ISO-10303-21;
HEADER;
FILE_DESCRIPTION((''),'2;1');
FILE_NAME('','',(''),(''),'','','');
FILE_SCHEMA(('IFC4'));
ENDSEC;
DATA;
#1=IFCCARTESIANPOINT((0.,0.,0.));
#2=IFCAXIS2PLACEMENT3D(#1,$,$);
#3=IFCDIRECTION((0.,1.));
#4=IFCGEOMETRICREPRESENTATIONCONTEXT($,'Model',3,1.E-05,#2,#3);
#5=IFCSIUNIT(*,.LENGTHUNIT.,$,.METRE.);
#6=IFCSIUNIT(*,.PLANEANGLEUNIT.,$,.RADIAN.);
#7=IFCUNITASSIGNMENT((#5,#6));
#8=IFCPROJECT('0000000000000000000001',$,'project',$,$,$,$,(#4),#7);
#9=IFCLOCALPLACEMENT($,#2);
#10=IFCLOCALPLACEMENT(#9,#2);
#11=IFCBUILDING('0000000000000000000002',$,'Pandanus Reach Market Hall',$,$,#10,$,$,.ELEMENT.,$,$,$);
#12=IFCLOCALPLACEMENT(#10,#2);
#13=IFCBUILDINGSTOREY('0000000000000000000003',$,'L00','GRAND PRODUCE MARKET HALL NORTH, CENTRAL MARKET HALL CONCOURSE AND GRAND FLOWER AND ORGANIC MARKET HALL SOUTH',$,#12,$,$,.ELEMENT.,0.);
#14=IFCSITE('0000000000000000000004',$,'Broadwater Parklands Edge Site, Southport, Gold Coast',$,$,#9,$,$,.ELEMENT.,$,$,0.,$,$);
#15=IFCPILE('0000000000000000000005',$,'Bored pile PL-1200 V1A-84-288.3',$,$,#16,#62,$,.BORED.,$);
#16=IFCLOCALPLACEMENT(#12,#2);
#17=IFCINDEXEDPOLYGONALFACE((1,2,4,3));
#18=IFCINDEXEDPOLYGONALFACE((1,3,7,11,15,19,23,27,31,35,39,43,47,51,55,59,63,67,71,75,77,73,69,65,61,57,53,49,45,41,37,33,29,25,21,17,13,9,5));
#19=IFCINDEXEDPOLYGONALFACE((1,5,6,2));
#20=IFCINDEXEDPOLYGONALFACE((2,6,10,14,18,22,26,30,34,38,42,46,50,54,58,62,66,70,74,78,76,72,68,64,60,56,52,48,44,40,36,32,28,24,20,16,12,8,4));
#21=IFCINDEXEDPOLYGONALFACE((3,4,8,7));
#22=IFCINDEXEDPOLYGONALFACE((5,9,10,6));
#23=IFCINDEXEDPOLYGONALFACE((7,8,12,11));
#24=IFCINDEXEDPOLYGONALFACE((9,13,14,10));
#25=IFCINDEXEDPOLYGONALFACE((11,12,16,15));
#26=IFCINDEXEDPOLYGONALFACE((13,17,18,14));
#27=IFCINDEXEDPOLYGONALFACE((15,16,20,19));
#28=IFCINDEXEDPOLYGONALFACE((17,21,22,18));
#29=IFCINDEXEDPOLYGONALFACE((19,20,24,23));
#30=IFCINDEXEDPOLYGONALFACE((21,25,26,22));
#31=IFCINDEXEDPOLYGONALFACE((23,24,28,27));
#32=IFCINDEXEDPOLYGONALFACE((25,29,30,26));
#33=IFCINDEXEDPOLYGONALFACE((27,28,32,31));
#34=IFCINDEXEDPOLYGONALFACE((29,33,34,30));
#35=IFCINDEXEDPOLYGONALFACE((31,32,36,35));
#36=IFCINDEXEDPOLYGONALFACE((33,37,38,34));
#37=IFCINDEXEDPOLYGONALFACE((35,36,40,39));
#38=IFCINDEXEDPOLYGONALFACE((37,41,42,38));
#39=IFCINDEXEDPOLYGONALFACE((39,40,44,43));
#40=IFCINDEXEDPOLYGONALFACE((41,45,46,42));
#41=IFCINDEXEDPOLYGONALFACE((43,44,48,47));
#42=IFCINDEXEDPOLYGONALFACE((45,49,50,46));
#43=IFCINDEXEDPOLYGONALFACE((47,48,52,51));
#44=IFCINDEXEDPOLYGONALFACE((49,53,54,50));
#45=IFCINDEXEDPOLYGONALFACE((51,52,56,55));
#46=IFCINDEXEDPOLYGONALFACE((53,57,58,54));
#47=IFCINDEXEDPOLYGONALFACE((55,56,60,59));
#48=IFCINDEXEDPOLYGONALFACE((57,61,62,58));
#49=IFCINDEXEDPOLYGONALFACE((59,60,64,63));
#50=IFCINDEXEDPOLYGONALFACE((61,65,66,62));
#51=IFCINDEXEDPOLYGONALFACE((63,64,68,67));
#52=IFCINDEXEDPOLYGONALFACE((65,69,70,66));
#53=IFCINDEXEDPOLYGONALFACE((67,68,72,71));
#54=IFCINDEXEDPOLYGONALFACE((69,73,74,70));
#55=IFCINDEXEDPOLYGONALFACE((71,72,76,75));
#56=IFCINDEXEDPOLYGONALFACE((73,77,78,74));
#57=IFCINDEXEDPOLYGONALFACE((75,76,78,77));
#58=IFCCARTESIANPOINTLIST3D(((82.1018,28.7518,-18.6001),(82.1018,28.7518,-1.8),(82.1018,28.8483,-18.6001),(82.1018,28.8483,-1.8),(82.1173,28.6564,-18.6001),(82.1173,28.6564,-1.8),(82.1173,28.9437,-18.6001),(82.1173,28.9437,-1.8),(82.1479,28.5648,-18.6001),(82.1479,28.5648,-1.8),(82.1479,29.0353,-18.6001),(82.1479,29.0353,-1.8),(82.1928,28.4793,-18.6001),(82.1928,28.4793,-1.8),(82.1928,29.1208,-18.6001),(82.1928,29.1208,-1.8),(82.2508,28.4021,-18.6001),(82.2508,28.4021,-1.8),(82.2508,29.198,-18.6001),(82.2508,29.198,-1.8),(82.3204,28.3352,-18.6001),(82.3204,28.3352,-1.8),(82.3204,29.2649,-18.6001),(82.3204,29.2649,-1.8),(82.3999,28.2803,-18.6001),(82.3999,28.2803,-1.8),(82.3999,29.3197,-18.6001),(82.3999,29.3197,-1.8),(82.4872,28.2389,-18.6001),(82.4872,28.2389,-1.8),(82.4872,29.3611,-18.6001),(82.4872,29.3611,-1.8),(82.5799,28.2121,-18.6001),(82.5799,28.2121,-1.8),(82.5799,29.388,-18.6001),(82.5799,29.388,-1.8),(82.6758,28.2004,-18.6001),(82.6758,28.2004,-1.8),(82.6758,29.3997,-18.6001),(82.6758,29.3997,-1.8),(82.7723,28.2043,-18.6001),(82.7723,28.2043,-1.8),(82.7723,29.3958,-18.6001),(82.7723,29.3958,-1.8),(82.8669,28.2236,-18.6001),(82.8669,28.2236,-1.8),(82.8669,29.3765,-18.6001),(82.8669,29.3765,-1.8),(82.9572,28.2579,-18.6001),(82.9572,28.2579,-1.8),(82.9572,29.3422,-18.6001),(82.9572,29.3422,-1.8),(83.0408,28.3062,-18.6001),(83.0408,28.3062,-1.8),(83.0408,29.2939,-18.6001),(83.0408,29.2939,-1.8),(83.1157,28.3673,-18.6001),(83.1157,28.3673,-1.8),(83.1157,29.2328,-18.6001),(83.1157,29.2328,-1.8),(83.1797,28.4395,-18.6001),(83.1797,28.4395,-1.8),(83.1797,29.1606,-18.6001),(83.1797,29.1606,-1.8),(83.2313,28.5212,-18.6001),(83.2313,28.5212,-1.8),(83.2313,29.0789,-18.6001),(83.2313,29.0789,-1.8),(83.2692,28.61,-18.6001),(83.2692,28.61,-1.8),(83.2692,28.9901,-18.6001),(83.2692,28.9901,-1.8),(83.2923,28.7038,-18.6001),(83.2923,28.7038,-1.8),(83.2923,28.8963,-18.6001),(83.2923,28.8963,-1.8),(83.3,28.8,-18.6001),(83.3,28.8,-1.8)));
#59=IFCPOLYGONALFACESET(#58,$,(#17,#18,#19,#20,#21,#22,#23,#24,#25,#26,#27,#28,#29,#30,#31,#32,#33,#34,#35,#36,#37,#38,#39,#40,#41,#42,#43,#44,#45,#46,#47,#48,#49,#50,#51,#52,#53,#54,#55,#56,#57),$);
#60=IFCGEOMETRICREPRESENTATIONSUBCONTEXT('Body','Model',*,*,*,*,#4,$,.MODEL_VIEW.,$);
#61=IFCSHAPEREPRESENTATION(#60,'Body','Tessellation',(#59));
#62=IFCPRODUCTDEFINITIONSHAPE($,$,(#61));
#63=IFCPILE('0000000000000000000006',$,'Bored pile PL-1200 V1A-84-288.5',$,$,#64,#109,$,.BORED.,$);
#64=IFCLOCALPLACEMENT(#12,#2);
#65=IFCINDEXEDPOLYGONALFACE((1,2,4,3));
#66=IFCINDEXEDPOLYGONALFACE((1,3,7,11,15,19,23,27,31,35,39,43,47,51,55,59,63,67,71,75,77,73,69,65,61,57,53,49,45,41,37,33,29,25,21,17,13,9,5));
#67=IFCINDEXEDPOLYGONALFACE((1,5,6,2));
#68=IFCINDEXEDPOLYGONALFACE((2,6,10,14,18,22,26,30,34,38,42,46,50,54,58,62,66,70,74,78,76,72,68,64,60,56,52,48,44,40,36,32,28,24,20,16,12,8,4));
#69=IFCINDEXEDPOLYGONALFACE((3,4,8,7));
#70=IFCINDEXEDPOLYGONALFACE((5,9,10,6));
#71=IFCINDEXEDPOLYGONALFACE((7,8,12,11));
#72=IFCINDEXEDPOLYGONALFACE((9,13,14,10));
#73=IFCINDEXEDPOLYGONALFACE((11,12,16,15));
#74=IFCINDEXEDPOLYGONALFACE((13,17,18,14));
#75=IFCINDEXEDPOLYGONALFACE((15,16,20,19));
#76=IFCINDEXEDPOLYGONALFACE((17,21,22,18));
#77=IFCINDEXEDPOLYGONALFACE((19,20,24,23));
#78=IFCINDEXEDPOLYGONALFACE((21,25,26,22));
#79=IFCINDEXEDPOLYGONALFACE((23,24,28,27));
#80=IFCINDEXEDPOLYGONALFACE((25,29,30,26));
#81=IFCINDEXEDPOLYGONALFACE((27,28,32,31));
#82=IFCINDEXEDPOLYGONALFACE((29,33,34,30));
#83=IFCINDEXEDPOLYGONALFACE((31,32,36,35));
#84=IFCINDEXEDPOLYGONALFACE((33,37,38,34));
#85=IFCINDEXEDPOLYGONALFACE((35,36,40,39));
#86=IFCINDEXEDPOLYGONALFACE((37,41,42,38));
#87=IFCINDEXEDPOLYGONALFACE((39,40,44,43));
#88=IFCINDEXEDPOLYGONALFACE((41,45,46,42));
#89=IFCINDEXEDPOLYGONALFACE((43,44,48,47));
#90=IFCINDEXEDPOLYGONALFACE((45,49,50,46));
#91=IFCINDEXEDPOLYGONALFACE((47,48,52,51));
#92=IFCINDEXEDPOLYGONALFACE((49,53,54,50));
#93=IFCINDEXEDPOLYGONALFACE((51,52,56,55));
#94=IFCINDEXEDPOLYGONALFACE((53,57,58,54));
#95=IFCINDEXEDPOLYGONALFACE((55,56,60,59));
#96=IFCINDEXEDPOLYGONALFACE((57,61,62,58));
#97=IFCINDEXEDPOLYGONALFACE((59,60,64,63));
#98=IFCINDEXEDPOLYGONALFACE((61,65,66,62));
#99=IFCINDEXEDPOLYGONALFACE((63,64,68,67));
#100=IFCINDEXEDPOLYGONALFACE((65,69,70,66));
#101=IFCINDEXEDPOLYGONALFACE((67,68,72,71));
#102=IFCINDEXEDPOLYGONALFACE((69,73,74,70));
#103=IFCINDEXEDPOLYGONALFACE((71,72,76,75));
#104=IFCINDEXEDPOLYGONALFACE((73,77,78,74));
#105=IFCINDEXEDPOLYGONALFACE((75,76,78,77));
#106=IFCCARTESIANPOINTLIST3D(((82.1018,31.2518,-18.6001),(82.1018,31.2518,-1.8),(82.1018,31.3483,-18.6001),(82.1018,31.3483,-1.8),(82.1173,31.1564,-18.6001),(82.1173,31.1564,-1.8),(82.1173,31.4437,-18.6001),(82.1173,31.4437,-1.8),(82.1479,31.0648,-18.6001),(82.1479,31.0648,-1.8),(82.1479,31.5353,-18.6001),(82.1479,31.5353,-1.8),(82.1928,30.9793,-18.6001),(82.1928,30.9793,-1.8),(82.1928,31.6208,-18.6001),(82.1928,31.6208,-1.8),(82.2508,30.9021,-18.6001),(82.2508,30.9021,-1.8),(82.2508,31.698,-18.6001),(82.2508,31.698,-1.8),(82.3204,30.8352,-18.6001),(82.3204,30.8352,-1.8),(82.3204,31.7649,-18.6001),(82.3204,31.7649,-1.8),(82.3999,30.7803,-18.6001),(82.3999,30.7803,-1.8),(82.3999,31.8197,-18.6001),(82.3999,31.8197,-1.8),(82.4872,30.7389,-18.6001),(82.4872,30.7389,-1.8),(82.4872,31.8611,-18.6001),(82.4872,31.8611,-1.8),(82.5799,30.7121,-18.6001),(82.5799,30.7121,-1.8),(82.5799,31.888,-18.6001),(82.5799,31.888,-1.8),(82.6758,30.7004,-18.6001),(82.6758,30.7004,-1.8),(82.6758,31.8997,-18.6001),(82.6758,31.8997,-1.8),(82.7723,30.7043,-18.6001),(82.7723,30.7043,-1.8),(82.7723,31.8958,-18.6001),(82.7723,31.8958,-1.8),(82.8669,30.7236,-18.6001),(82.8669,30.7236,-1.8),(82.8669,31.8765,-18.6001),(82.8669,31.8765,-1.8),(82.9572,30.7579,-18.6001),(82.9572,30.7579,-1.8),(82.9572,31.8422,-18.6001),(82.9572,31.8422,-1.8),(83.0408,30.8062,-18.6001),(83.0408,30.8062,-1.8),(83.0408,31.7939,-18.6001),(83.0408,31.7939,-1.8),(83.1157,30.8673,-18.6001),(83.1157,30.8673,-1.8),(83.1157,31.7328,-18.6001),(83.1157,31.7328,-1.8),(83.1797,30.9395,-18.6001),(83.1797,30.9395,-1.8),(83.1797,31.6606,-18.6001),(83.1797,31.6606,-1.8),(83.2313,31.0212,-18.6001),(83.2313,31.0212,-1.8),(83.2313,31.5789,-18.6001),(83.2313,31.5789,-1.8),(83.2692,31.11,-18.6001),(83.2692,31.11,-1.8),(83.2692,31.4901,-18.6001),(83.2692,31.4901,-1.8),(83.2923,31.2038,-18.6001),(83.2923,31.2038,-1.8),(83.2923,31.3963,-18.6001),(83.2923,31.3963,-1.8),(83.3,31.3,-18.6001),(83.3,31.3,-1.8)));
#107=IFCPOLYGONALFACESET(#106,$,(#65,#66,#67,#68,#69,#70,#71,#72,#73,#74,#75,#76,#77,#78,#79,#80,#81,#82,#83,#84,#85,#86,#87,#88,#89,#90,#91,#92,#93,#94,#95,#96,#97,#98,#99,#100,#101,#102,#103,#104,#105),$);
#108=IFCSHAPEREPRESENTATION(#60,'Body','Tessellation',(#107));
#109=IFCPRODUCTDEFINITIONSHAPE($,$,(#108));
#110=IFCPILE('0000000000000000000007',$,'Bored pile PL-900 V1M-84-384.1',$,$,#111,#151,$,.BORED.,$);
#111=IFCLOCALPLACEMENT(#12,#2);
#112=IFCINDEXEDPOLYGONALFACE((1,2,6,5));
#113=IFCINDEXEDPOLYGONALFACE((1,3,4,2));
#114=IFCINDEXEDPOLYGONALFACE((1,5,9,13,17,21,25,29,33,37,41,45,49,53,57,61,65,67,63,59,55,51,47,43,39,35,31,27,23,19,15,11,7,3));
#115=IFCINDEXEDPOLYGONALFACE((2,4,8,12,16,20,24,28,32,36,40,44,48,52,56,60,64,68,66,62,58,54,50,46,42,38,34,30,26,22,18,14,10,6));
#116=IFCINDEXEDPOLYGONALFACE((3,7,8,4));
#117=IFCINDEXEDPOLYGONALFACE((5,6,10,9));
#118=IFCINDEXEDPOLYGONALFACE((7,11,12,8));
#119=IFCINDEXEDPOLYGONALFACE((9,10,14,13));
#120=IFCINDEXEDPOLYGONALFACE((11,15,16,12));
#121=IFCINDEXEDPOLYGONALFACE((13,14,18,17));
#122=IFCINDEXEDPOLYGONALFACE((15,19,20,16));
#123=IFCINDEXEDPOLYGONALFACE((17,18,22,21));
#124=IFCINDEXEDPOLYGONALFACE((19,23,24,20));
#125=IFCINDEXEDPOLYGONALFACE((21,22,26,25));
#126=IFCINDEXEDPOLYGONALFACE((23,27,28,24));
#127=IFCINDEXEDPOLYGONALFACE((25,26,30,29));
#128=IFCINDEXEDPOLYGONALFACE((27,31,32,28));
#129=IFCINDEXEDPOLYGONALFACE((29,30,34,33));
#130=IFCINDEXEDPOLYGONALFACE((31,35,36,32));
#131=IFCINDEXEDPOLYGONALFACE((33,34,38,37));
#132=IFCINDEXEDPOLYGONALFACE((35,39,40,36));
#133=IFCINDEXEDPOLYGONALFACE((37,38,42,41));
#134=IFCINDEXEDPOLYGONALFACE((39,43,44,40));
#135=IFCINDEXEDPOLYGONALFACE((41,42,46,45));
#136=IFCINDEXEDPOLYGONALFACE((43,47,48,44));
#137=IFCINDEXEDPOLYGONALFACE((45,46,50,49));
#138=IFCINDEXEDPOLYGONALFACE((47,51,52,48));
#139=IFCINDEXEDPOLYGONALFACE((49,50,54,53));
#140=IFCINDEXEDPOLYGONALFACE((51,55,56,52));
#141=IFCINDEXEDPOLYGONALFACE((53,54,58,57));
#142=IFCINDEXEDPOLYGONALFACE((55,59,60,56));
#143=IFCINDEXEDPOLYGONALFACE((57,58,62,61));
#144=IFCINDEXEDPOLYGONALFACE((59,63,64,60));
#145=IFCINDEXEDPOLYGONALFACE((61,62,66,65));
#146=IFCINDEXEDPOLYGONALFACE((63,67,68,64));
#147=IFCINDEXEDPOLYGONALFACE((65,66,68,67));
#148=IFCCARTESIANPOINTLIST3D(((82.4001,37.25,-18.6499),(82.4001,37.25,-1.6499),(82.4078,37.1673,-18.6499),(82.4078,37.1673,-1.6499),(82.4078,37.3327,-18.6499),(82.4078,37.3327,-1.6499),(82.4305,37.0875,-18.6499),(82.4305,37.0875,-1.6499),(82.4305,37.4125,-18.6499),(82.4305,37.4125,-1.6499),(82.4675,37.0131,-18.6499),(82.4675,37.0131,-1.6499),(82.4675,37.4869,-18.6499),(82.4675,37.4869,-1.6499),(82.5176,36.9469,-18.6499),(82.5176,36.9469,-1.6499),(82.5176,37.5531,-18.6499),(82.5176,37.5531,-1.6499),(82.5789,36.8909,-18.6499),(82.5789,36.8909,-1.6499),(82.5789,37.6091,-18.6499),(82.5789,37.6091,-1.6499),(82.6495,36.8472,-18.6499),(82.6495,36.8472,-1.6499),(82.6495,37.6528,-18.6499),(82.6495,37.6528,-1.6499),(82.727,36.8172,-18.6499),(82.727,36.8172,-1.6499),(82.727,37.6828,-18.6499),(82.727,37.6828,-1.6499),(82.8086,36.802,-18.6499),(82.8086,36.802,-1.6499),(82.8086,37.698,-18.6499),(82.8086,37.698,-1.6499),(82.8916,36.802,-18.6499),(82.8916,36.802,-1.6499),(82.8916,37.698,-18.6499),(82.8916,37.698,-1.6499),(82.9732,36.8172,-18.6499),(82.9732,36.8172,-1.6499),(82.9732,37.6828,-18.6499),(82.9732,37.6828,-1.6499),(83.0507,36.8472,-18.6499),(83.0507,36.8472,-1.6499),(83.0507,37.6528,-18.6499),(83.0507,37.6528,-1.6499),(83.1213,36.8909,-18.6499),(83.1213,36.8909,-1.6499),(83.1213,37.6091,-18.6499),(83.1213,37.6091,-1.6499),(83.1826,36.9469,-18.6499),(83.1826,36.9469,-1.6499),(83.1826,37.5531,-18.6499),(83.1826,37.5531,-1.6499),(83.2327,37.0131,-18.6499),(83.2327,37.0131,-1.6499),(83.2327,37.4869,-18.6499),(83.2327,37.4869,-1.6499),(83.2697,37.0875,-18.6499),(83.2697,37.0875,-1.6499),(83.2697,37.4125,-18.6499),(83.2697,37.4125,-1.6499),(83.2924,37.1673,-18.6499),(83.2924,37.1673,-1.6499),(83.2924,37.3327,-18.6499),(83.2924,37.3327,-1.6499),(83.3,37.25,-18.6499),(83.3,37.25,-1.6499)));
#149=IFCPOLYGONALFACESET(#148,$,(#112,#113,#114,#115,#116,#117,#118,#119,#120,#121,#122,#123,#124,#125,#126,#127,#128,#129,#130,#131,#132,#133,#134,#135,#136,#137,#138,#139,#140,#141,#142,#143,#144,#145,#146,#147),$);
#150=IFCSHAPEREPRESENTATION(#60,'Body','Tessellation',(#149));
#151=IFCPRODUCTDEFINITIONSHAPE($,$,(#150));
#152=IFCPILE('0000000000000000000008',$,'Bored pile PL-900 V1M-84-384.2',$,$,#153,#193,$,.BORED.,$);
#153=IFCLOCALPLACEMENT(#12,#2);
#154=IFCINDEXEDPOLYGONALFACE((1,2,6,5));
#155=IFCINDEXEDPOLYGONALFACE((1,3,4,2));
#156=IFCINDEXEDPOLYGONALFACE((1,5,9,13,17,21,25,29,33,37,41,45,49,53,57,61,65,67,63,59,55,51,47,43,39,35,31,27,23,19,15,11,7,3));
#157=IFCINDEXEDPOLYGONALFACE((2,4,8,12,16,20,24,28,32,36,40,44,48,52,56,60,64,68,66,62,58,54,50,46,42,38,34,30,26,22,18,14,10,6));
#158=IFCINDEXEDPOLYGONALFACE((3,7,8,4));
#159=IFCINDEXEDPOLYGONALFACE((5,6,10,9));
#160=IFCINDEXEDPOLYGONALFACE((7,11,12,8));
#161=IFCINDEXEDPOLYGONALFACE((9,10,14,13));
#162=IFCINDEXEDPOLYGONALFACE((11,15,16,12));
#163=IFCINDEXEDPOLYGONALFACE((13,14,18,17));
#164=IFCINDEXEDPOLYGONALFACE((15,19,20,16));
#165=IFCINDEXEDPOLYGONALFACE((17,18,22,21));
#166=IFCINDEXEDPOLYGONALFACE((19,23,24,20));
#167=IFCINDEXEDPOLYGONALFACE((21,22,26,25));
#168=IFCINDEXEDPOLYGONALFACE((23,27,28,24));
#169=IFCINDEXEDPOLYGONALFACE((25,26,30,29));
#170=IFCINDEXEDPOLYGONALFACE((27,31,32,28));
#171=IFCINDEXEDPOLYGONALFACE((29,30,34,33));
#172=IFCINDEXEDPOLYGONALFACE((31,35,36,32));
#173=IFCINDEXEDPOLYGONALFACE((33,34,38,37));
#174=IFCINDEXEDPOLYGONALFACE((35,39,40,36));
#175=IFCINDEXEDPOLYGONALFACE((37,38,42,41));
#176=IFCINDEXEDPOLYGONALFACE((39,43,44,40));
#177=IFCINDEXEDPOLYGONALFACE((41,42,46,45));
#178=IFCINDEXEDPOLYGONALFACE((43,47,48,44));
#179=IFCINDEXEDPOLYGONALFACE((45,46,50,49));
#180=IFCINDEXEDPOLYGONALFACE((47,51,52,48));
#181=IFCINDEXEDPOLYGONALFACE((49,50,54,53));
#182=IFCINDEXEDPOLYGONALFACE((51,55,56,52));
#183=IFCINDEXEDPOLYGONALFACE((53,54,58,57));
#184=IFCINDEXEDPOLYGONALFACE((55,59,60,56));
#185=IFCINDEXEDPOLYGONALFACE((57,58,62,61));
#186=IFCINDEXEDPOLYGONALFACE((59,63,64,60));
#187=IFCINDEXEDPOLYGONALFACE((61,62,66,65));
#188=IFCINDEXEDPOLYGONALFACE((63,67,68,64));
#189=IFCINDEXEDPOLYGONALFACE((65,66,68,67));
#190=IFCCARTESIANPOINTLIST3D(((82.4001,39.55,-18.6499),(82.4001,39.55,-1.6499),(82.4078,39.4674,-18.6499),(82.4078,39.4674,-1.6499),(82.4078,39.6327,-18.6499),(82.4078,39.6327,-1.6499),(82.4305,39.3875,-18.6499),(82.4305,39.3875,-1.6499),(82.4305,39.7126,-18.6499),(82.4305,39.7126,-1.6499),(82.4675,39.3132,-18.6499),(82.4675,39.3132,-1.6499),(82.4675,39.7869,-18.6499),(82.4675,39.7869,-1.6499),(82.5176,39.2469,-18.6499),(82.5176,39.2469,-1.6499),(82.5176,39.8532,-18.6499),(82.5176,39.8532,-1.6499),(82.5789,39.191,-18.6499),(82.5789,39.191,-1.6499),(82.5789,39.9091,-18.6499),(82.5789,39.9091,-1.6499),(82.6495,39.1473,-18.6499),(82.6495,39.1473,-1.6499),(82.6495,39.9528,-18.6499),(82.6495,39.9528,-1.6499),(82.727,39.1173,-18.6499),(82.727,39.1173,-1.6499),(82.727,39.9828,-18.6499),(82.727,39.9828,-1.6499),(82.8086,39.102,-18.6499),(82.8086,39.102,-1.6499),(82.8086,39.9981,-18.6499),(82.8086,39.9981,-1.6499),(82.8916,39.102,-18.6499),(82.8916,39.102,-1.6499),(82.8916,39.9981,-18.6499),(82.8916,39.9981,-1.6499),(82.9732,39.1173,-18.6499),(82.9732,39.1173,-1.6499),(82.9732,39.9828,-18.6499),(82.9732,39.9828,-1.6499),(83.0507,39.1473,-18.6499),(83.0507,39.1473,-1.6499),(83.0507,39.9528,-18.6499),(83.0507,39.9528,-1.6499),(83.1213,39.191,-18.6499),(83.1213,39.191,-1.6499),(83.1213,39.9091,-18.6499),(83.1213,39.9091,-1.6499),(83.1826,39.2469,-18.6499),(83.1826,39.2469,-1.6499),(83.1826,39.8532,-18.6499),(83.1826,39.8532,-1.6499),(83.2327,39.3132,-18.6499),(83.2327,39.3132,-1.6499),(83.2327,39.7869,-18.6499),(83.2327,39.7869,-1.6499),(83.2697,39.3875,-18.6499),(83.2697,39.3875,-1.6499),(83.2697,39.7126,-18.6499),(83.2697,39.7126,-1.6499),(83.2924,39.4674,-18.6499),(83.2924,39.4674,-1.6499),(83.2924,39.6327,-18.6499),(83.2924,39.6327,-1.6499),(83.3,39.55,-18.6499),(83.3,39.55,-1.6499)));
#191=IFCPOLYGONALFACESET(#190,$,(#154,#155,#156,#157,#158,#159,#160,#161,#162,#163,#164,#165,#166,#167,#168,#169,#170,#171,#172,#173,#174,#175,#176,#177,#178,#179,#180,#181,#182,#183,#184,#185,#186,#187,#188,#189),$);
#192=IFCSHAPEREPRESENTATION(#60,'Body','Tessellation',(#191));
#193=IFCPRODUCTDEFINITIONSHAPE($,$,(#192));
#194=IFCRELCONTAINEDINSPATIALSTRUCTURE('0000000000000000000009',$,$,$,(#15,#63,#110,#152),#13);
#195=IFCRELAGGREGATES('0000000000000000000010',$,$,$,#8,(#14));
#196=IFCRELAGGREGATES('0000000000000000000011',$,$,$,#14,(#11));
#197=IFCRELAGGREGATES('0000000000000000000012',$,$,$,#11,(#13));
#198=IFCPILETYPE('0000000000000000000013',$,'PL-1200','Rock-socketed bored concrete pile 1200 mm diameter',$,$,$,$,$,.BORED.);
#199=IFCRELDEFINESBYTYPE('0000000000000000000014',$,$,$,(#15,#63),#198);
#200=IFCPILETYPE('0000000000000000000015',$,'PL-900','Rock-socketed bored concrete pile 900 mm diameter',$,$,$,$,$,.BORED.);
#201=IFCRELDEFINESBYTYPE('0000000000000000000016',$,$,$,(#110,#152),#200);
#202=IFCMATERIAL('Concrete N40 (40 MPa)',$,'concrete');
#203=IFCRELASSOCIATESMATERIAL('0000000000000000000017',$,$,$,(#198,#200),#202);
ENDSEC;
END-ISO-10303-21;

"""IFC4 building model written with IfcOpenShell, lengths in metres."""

from ifc_helpers import new_model, si_unit, direction, frame, origin, origin_2d, place, context, subcontext, project, spatial, circle, extrude, material, material_profile, profile_set, type_object, element, save


model = new_model("IFC4")

# Units and contexts
model_context = context("Model", 3, precision=1e-05, world=origin(), true_north=direction((0.0, 1.0)))
body_context = subcontext(model_context, "Body", "Model", "MODEL_VIEW")
ifc_project = project(units=[si_unit("LENGTHUNIT", "METRE"), si_unit("PLANEANGLEUNIT", "RADIAN")], contexts=[model_context])

# Site, building, storey
site_placement = place(None, origin())
site = spatial("IfcSite", under=ifc_project, at=site_placement, Name="Broadwater Parklands Edge Site, Southport, Gold Coast", CompositionType="ELEMENT", RefElevation=0.0)
building_placement = place(site_placement, origin())
building = spatial("IfcBuilding", under=site, at=building_placement, Name="Pandanus Reach Market Hall", CompositionType="ELEMENT")
storey_placement = place(building_placement, origin())
storey = spatial("IfcBuildingStorey", under=building, at=storey_placement, Name="L00", Description="GRAND PRODUCE MARKET HALL NORTH, CENTRAL MARKET HALL CONCOURSE AND GRAND FLOWER AND ORGANIC MARKET HALL SOUTH", CompositionType="ELEMENT", Elevation=0.0)

# Piles
ifc_material_1 = material(Name="Concrete N40 (40 MPa)", Category="concrete")
ifc_material_profile_1 = material_profile(ifc_material_1, circle(Radius=0.6001, at=origin_2d()), Name="PILE-1200D", Category="LoadBearing")
ifc_profile_set_1 = profile_set([ifc_material_profile_1], Name="Concrete N40 (40 MPa)")
pile_type_1 = type_object("IfcPileType", Name="PL-1200", Description="Rock-socketed bored concrete pile 1200 mm diameter", PredefinedType="BORED", material=ifc_profile_set_1)
for number, where, z_axis, x_axis, name in (
    (1, (82.7, 28.8, -1.8), (0.0, 0.0, -1.0), (1.0, 0.0, 0.0), "Bored pile PL-1200 V1A-84-288.3"),
    (2, (82.7, 31.3, -1.8), (0.0, 0.0, -1.0), (1.0, 0.0, 0.0), "Bored pile PL-1200 V1A-84-288.5"),
):
    element("IfcPile", number, at=place(storey_placement, frame(where, z_axis=z_axis, x_axis=x_axis)), inside=storey, type_object=pile_type_1, Name=name, PredefinedType="BORED", context=body_context, shape_type="SweptSolid", body=[
        extrude(circle(Radius=0.6001, at=origin_2d()), origin(), (0.0, 0.0, 1.0), 16.8),
    ])
ifc_material_profile_2 = material_profile(ifc_material_1, circle(Radius=0.45, at=origin_2d()), Name="PILE-900D", Category="LoadBearing")
ifc_profile_set_2 = profile_set([ifc_material_profile_2], Name="Concrete N40 (40 MPa)")
pile_type_2 = type_object("IfcPileType", Name="PL-900", Description="Rock-socketed bored concrete pile 900 mm diameter", PredefinedType="BORED", material=ifc_profile_set_2)
for number, where, z_axis, x_axis, name in (
    (3, (82.8501, 37.25, -1.6499), (0.0, 0.0, -1.0), (1.0, 0.0, 0.0), "Bored pile PL-900 V1M-84-384.1"),
    (4, (82.8501, 39.55, -1.6499), (0.0, 0.0, -1.0), (1.0, 0.0, 0.0), "Bored pile PL-900 V1M-84-384.2"),
):
    element("IfcPile", number, at=place(storey_placement, frame(where, z_axis=z_axis, x_axis=x_axis)), inside=storey, type_object=pile_type_2, Name=name, PredefinedType="BORED", context=body_context, shape_type="SweptSolid", body=[
        extrude(circle(Radius=0.45, at=origin_2d()), origin(), (0.0, 0.0, 1.0), 17.0),
    ])

save(model, "model.ifc")
